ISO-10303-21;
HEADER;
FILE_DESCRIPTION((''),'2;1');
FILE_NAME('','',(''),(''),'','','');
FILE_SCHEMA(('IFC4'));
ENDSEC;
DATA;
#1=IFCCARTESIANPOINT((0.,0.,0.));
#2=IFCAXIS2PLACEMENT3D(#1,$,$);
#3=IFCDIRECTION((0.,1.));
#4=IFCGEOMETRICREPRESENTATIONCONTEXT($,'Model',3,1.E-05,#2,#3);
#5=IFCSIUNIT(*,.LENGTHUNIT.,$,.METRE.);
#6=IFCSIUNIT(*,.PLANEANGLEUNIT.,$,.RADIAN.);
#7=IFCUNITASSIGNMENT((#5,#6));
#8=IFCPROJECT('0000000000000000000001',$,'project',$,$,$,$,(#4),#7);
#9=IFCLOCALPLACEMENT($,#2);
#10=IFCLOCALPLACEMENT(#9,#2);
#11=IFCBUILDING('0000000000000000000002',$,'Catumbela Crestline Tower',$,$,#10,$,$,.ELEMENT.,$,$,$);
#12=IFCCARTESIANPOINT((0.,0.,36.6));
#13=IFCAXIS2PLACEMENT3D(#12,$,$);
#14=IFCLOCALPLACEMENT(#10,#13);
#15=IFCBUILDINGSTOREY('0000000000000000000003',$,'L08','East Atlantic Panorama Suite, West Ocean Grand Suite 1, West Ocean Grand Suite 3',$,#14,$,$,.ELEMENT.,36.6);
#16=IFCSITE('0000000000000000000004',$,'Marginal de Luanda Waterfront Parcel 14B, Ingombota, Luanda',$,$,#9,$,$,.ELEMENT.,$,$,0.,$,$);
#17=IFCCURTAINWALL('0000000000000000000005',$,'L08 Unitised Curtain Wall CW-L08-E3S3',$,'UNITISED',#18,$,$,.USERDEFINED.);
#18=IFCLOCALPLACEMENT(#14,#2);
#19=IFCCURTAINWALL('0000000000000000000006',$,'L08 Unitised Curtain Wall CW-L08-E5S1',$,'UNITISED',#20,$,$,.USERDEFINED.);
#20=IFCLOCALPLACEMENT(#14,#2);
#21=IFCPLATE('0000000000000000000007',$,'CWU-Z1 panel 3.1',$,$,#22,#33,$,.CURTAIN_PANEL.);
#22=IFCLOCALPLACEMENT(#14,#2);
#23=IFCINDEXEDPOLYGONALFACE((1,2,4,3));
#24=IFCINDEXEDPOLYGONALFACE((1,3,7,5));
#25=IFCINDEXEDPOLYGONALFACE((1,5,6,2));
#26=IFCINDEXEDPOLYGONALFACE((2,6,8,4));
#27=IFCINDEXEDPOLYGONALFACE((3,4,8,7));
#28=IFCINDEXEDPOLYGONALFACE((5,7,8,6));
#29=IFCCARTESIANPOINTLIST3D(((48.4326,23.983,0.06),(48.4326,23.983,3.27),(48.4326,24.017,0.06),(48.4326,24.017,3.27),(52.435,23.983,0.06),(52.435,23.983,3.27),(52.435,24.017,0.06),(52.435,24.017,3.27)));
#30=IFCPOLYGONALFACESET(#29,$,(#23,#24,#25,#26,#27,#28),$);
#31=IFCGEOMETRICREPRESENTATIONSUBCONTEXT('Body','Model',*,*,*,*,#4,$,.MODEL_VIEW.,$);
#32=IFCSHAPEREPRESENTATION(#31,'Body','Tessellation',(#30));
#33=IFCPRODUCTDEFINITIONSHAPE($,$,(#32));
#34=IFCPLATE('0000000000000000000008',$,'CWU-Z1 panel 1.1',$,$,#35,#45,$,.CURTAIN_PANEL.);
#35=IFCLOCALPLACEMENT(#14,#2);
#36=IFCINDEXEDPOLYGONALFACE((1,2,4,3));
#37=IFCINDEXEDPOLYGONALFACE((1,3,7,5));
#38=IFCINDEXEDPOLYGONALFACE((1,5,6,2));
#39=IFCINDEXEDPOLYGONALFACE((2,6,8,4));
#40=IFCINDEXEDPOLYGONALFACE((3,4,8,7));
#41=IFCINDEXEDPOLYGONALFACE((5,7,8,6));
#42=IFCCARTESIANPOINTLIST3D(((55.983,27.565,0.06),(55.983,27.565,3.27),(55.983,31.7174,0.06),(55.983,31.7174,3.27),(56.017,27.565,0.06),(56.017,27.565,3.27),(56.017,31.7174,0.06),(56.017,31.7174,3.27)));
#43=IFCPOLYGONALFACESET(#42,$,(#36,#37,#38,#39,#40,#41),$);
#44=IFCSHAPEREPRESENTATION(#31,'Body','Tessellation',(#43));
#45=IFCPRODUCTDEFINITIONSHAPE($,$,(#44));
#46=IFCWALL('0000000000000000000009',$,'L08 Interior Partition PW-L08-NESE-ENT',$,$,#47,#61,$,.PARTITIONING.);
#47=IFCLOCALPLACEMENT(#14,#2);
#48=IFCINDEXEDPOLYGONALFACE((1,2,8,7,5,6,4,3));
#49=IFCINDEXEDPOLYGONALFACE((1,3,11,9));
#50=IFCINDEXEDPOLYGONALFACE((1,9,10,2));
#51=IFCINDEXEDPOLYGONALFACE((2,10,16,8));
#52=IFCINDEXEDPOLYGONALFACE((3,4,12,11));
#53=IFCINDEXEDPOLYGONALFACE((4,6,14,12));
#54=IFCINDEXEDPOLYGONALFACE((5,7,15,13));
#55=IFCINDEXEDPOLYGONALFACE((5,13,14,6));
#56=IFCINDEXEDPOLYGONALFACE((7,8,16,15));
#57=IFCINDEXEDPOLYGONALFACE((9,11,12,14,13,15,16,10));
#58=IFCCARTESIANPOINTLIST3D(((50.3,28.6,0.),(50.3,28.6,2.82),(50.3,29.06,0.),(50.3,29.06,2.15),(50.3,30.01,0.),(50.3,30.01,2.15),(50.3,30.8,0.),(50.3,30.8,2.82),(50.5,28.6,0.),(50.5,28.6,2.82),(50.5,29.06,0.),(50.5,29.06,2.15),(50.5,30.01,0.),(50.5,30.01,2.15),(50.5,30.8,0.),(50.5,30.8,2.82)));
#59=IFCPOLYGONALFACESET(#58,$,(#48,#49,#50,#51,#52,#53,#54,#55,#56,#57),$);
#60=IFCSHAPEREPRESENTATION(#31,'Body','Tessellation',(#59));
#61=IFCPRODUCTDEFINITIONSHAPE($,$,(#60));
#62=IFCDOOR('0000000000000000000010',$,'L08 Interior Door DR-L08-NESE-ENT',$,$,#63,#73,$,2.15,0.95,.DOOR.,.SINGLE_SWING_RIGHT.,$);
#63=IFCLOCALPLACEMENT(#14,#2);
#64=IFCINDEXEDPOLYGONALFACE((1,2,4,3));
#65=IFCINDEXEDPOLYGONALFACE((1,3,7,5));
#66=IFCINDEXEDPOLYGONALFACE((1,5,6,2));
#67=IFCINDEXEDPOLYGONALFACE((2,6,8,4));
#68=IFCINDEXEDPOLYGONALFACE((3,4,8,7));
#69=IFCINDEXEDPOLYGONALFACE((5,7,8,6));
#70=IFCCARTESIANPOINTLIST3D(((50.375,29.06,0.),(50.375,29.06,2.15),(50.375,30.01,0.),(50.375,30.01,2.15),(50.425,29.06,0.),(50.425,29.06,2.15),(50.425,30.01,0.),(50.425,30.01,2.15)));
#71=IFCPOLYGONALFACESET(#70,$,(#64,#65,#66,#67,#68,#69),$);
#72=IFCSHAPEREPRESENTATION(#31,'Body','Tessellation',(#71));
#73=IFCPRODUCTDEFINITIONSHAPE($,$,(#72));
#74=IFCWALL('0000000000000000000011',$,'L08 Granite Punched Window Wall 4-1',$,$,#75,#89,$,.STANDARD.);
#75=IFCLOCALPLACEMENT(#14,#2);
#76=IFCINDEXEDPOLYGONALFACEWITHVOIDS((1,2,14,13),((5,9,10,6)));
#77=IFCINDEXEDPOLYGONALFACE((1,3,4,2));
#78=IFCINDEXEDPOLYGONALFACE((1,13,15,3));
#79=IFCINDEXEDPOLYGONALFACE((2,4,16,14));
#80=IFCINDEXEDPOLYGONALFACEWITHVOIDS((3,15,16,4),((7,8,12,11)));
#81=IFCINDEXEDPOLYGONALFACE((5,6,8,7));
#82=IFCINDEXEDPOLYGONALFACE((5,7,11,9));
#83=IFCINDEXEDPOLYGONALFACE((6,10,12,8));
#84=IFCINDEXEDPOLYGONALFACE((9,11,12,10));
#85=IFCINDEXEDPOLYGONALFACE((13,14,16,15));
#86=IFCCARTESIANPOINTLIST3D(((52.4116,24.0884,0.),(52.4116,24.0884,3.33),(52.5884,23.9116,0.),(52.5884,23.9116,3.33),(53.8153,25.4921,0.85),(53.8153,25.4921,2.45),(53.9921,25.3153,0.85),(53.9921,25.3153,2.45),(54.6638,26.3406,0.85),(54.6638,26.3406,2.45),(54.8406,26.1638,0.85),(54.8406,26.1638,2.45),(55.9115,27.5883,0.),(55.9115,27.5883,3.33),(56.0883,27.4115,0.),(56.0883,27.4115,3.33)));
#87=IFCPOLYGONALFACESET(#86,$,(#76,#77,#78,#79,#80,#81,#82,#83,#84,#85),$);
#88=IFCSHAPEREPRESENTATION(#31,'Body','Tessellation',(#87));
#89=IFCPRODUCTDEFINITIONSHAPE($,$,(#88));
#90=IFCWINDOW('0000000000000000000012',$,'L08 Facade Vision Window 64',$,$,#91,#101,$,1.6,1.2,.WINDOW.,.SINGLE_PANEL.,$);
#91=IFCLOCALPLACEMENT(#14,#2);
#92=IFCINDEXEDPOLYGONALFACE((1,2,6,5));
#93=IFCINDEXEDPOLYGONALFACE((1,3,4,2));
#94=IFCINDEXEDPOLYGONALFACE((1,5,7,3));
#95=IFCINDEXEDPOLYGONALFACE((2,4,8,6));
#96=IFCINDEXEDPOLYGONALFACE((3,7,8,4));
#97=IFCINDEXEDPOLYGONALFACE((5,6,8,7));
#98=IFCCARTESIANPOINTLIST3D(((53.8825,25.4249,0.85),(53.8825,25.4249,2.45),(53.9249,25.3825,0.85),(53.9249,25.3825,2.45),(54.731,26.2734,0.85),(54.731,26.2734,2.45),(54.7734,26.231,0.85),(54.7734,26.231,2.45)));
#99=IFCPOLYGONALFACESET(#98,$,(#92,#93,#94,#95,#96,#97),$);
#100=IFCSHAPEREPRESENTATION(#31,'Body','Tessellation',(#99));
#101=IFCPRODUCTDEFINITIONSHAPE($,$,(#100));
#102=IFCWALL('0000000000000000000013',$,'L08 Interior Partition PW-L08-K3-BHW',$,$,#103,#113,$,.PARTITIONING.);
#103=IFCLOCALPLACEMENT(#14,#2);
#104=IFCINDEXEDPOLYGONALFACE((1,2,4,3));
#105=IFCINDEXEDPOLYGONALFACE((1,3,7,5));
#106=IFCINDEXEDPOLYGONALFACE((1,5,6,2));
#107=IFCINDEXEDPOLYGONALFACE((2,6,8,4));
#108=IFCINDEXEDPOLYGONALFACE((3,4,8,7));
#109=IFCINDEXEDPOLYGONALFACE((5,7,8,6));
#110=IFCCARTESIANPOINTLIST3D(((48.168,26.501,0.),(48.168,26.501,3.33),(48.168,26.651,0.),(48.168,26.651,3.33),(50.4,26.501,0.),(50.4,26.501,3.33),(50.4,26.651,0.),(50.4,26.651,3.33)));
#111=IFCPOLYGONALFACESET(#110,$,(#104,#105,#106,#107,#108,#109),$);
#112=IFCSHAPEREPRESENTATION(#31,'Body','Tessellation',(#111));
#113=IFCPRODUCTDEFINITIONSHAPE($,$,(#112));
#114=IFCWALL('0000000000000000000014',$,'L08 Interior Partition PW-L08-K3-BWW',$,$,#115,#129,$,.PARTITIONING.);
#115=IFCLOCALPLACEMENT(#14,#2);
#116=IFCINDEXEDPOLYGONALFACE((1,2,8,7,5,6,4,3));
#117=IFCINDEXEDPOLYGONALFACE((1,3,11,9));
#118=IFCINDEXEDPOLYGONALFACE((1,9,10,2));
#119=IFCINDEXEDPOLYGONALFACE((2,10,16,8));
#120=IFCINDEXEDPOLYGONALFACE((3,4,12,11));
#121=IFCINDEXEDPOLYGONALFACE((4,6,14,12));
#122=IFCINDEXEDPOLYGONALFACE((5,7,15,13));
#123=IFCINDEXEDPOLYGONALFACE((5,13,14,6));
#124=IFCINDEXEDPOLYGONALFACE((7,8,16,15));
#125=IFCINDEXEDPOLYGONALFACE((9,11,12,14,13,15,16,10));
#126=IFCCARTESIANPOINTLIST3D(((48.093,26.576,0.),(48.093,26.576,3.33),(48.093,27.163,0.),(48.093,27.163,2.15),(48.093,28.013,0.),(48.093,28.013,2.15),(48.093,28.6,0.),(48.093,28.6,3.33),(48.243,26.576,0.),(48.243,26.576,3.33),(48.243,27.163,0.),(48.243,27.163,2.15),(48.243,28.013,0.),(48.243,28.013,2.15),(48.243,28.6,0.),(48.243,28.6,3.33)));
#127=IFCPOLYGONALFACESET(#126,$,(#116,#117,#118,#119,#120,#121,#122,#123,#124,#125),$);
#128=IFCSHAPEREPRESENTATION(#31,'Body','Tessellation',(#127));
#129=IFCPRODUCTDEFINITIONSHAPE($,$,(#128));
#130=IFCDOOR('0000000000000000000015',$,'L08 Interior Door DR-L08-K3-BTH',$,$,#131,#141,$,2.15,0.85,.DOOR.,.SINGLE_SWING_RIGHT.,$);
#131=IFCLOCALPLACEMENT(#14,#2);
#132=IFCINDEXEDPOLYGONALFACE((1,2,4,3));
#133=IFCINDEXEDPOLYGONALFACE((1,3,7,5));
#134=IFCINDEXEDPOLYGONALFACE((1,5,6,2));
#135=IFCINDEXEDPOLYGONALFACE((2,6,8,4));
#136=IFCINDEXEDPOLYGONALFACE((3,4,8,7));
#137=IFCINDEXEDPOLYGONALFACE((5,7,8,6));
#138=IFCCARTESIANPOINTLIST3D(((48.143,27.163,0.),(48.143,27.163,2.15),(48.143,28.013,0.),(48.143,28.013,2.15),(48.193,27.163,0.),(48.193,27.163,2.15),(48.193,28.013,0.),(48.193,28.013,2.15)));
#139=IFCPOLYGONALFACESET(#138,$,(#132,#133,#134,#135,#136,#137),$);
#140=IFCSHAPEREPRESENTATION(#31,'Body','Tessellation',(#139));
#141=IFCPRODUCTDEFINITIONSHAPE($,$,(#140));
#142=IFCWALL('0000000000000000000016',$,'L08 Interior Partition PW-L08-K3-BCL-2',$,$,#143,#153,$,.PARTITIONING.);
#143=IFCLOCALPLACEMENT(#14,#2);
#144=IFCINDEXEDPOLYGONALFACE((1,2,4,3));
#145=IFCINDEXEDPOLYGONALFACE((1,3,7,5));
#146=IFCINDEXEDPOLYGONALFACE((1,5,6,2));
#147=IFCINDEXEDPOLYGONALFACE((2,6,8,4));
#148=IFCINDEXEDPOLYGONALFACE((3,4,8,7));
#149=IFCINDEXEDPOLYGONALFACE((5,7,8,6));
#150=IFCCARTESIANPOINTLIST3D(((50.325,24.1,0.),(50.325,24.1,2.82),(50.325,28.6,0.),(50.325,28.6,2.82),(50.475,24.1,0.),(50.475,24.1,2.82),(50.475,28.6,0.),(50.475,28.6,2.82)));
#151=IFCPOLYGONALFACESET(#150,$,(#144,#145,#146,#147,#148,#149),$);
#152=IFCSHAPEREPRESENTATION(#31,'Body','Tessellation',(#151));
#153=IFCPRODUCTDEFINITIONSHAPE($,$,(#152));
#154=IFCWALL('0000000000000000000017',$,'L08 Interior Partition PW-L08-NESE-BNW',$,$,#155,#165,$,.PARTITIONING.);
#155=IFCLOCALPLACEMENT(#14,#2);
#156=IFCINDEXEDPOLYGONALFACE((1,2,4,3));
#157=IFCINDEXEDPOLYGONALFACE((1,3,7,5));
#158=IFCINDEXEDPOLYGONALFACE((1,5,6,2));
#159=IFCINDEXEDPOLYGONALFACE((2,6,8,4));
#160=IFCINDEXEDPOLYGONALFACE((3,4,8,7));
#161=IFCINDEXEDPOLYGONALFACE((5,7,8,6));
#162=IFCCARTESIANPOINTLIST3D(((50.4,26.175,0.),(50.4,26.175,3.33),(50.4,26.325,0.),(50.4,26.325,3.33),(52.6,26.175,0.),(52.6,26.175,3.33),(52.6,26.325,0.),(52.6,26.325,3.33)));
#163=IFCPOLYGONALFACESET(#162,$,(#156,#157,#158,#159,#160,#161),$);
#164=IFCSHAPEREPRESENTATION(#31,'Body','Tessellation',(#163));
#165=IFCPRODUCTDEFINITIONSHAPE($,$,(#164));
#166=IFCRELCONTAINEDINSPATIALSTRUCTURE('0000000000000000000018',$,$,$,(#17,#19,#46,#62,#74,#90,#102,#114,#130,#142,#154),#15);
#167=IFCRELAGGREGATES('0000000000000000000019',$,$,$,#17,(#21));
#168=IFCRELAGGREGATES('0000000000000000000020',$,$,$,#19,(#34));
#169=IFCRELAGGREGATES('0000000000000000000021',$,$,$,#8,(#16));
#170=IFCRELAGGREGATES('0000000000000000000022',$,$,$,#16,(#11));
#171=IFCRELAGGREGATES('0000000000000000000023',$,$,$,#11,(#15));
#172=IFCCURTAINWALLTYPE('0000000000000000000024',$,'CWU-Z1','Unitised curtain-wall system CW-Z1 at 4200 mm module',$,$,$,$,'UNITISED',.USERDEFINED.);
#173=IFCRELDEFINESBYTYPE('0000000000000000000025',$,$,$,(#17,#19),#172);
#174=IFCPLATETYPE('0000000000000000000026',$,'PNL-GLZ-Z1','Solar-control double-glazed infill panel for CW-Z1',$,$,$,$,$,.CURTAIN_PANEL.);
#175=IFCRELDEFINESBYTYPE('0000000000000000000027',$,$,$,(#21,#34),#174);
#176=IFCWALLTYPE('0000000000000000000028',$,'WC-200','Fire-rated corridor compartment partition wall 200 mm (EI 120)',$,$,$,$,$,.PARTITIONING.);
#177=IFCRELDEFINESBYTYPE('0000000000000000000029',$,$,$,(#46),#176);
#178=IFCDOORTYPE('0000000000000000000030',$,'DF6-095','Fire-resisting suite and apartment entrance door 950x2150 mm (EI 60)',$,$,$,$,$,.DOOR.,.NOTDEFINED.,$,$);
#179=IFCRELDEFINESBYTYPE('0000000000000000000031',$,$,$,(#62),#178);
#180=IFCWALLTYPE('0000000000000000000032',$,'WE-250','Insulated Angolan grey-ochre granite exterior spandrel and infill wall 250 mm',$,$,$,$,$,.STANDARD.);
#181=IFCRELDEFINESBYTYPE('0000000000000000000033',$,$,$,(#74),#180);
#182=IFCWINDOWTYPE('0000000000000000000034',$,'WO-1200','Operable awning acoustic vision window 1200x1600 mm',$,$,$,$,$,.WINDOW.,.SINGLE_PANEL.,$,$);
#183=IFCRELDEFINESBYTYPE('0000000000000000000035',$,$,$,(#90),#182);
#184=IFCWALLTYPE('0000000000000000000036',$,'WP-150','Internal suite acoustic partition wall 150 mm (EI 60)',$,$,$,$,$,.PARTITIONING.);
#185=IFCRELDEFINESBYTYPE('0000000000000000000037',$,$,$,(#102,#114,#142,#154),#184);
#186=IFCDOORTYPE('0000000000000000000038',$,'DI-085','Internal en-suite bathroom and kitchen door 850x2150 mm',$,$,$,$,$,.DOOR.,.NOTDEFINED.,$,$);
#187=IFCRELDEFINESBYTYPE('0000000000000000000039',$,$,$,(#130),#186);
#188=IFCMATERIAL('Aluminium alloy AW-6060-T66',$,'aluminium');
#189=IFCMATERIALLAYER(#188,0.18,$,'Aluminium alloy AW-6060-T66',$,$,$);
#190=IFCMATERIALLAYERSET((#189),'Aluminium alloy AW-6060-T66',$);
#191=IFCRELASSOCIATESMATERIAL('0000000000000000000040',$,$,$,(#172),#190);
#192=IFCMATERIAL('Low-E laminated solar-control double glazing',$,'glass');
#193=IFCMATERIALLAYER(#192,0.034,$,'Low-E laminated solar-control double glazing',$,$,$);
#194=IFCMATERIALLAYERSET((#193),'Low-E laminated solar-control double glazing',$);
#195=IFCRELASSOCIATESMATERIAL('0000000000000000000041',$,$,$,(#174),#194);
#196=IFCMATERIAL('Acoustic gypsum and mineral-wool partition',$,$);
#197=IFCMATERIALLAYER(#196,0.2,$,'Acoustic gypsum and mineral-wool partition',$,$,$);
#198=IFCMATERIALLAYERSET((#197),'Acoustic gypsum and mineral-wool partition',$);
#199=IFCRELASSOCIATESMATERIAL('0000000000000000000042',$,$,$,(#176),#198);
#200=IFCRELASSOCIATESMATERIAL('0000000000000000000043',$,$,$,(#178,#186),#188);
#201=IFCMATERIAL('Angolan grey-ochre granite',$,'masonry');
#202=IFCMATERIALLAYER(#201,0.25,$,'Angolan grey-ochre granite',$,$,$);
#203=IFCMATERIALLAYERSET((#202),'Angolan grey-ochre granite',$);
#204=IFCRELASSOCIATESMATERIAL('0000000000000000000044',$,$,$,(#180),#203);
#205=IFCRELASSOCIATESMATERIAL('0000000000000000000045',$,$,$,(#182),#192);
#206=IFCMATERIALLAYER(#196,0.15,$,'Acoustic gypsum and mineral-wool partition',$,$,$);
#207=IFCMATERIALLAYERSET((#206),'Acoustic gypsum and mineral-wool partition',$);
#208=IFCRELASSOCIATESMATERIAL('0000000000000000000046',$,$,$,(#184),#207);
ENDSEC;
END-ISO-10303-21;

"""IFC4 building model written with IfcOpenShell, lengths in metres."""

from ifc_helpers import new_model, si_unit, direction, frame, frame_2d, origin, origin_2d, place, context, subcontext, project, spatial, rectangle, extrude, material, layer, layer_set, type_object, element, fill, aggregate, save


model = new_model("IFC4")

# Units and contexts
model_context = context("Model", 3, precision=1e-05, world=origin(), true_north=direction((0.0, 1.0)))
body_context = subcontext(model_context, "Body", "Model", "MODEL_VIEW")
ifc_project = project(units=[si_unit("LENGTHUNIT", "METRE"), si_unit("PLANEANGLEUNIT", "RADIAN")], contexts=[model_context])

# Site, building, storey
site_placement = place(None, origin())
site = spatial("IfcSite", under=ifc_project, at=site_placement, Name="Marginal de Luanda Waterfront Parcel 14B, Ingombota, Luanda", CompositionType="ELEMENT", RefElevation=0.0)
building_placement = place(site_placement, origin())
building = spatial("IfcBuilding", under=site, at=building_placement, Name="Catumbela Crestline Tower", CompositionType="ELEMENT")
storey_placement = place(building_placement, frame((0.0, 0.0, 36.6)))
storey = spatial("IfcBuildingStorey", under=building, at=storey_placement, Name="L08", Description="East Atlantic Panorama Suite, West Ocean Grand Suite 1, West Ocean Grand Suite 3", CompositionType="ELEMENT", Elevation=36.6)

# Curtain wall
ifc_material_1 = material(Name="Aluminium alloy AW-6060-T66", Category="aluminium")
ifc_layer_1 = layer(ifc_material_1, 0.18, Name="Aluminium alloy AW-6060-T66")
ifc_layer_set_1 = layer_set([ifc_layer_1], Name="Aluminium alloy AW-6060-T66")
curtain_wall_type = type_object("IfcCurtainWallType", Name="CWU-Z1", Description="Unitised curtain-wall system CW-Z1 at 4200 mm module", ElementType="UNITISED", PredefinedType="USERDEFINED", material=ifc_layer_set_1)
curtain_wall_1_placement = place(storey_placement, origin())
curtain_wall_1 = element("IfcCurtainWall", 1, at=curtain_wall_1_placement, inside=storey, type_object=curtain_wall_type, Name="L08 Unitised Curtain Wall CW-L08-E3S3", ObjectType="UNITISED", PredefinedType="USERDEFINED")

# Curtain wall
curtain_wall_2_placement = place(storey_placement, origin())
curtain_wall_2 = element("IfcCurtainWall", 2, at=curtain_wall_2_placement, inside=storey, type_object=curtain_wall_type, Name="L08 Unitised Curtain Wall CW-L08-E5S1", ObjectType="UNITISED", PredefinedType="USERDEFINED")

# Plates
ifc_material_2 = material(Name="Low-E laminated solar-control double glazing", Category="glass")
ifc_layer_2 = layer(ifc_material_2, 0.034, Name="Low-E laminated solar-control double glazing")
ifc_layer_set_2 = layer_set([ifc_layer_2], Name="Low-E laminated solar-control double glazing")
plate_type = type_object("IfcPlateType", Name="PNL-GLZ-Z1", Description="Solar-control double-glazed infill panel for CW-Z1", PredefinedType="CURTAIN_PANEL", material=ifc_layer_set_2)
plate_1_placement = place(storey_placement, frame((50.4338, 24.0, 0.06), z_axis=(0.0, 0.0, 1.0), x_axis=(1.0, 0.0, 0.0)))
plate_1 = element("IfcPlate", 3, at=plate_1_placement, type_object=plate_type, Name="CWU-Z1 panel 3.1", PredefinedType="CURTAIN_PANEL", context=body_context, shape_type="SweptSolid", body=[
    extrude(rectangle(XDim=4.0025, YDim=0.034, at=origin_2d()), origin(), (0.0, 0.0, 1.0), 3.21),
])
aggregate(curtain_wall_1, [plate_1])
plate_2_placement = place(storey_placement, frame((56.0, 29.6412, 0.06), z_axis=(0.0, 0.0, 1.0), x_axis=(0.0, 1.0, 0.0)))
plate_2 = element("IfcPlate", 4, at=plate_2_placement, type_object=plate_type, Name="CWU-Z1 panel 1.1", PredefinedType="CURTAIN_PANEL", context=body_context, shape_type="SweptSolid", body=[
    extrude(rectangle(XDim=4.1525, YDim=0.034, at=origin_2d()), origin(), (0.0, 0.0, 1.0), 3.21),
])
aggregate(curtain_wall_2, [plate_2])

# Wall, opening, door
ifc_material_3 = material(Name="Acoustic gypsum and mineral-wool partition")
ifc_layer_3 = layer(ifc_material_3, 0.2, Name="Acoustic gypsum and mineral-wool partition")
ifc_layer_set_3 = layer_set([ifc_layer_3], Name="Acoustic gypsum and mineral-wool partition")
wall_type_1 = type_object("IfcWallType", Name="WC-200", Description="Fire-rated corridor compartment partition wall 200 mm (EI 120)", PredefinedType="PARTITIONING", material=ifc_layer_set_3)
wall_1_placement = place(storey_placement, frame((50.4, 28.6, 0.0), z_axis=(0.0, 0.0, 1.0), x_axis=(0.0, 1.0, 0.0)))
wall_1 = element("IfcWall", 5, at=wall_1_placement, inside=storey, type_object=wall_type_1, Name="L08 Interior Partition PW-L08-NESE-ENT", PredefinedType="PARTITIONING", context=body_context, shape_type="SweptSolid", body=[
    extrude(rectangle(XDim=2.2, YDim=0.2, at=frame_2d((1.1, 0.0))), origin(), (0.0, 0.0, 1.0), 2.82),
])
opening_1_placement = place(wall_1_placement, frame((0.46, 0.0, 0.0)))
opening_1 = element("IfcOpeningElement", 6, at=opening_1_placement, cuts=wall_1, PredefinedType="OPENING", context=body_context, shape_type="SweptSolid", body=[
    extrude(rectangle(XDim=0.95, YDim=2.15, at=frame_2d((0.475, 1.075))), frame((0.0, 0.11, 0.0), z_axis=(0.0, -1.0, 0.0), x_axis=(1.0, 0.0, 0.0)), (0.0, 0.0, 1.0), 0.22),
])
door_type_1 = type_object("IfcDoorType", Name="DF6-095", Description="Fire-resisting suite and apartment entrance door 950x2150 mm (EI 60)", OperationType="NOTDEFINED", PredefinedType="DOOR", material=ifc_material_1)
door_1_placement = place(opening_1_placement, origin())
door_1 = element("IfcDoor", 7, at=door_1_placement, inside=storey, type_object=door_type_1, Name="L08 Interior Door DR-L08-NESE-ENT", OperationType="SINGLE_SWING_RIGHT", OverallHeight=2.15, OverallWidth=0.95, PredefinedType="DOOR", context=body_context, shape_type="SweptSolid", body=[
    extrude(rectangle(XDim=0.95, YDim=2.15, at=frame_2d((0.475, 1.075))), frame((0.0, 0.025, 0.0), z_axis=(0.0, -1.0, 0.0), x_axis=(1.0, 0.0, 0.0)), (0.0, 0.0, 1.0), 0.05),
])
fill(opening_1, door_1)

# Wall, opening, window
ifc_material_4 = material(Name="Angolan grey-ochre granite", Category="masonry")
ifc_layer_4 = layer(ifc_material_4, 0.25, Name="Angolan grey-ochre granite")
ifc_layer_set_4 = layer_set([ifc_layer_4], Name="Angolan grey-ochre granite")
wall_type_2 = type_object("IfcWallType", Name="WE-250", Description="Insulated Angolan grey-ochre granite exterior spandrel and infill wall 250 mm", PredefinedType="STANDARD", material=ifc_layer_set_4)
wall_2_placement = place(storey_placement, frame((52.5, 24.0, 0.0), z_axis=(0.0, 0.0, 1.0), x_axis=(0.707107, 0.707107, 0.0)))
wall_2 = element("IfcWall", 8, at=wall_2_placement, inside=storey, type_object=wall_type_2, Name="L08 Granite Punched Window Wall 4-1", PredefinedType="STANDARD", context=body_context, shape_type="SweptSolid", body=[
    extrude(rectangle(XDim=4.9497, YDim=0.25, at=frame_2d((2.4748, 0.0))), origin(), (0.0, 0.0, 1.0), 3.33),
])
opening_2_placement = place(wall_2_placement, frame((1.9851, 0.0, 0.85)))
opening_2 = element("IfcOpeningElement", 9, at=opening_2_placement, cuts=wall_2, PredefinedType="OPENING", context=body_context, shape_type="SweptSolid", body=[
    extrude(rectangle(XDim=1.2, YDim=1.6, at=frame_2d((0.6, 0.8))), frame((0.0, 0.135, 0.0), z_axis=(0.0, -1.0, 0.0), x_axis=(1.0, 0.0, 0.0)), (0.0, 0.0, 1.0), 0.27),
])
window_type = type_object("IfcWindowType", Name="WO-1200", Description="Operable awning acoustic vision window 1200x1600 mm", PartitioningType="SINGLE_PANEL", PredefinedType="WINDOW", material=ifc_material_2)
window_placement = place(opening_2_placement, origin())
window = element("IfcWindow", 10, at=window_placement, inside=storey, type_object=window_type, Name="L08 Facade Vision Window 64", OverallHeight=1.6, OverallWidth=1.2, PartitioningType="SINGLE_PANEL", PredefinedType="WINDOW", context=body_context, shape_type="SweptSolid", body=[
    extrude(rectangle(XDim=1.2, YDim=1.6, at=frame_2d((0.6, 0.8))), frame((0.0, 0.03, 0.0), z_axis=(0.0, -1.0, 0.0), x_axis=(1.0, 0.0, 0.0)), (0.0, 0.0, 1.0), 0.06),
])
fill(opening_2, window)

# Wall
ifc_layer_5 = layer(ifc_material_3, 0.15, Name="Acoustic gypsum and mineral-wool partition")
ifc_layer_set_5 = layer_set([ifc_layer_5], Name="Acoustic gypsum and mineral-wool partition")
wall_type_3 = type_object("IfcWallType", Name="WP-150", Description="Internal suite acoustic partition wall 150 mm (EI 60)", PredefinedType="PARTITIONING", material=ifc_layer_set_5)
wall_3_placement = place(storey_placement, frame((48.168, 26.576, 0.0), z_axis=(0.0, 0.0, 1.0), x_axis=(1.0, 0.0, 0.0)))
element("IfcWall", 11, at=wall_3_placement, inside=storey, type_object=wall_type_3, Name="L08 Interior Partition PW-L08-K3-BHW", PredefinedType="PARTITIONING", context=body_context, shape_type="SweptSolid", body=[
    extrude(rectangle(XDim=2.232, YDim=0.15, at=frame_2d((1.116, 0.0))), origin(), (0.0, 0.0, 1.0), 3.33),
])

# Wall, opening, door
wall_4_placement = place(storey_placement, frame((48.168, 26.576, 0.0), z_axis=(0.0, 0.0, 1.0), x_axis=(0.0, 1.0, 0.0)))
wall_4 = element("IfcWall", 12, at=wall_4_placement, inside=storey, type_object=wall_type_3, Name="L08 Interior Partition PW-L08-K3-BWW", PredefinedType="PARTITIONING", context=body_context, shape_type="SweptSolid", body=[
    extrude(rectangle(XDim=2.024, YDim=0.15, at=frame_2d((1.012, 0.0))), origin(), (0.0, 0.0, 1.0), 3.33),
])
opening_3_placement = place(wall_4_placement, frame((0.587, 0.0, 0.0)))
opening_3 = element("IfcOpeningElement", 13, at=opening_3_placement, cuts=wall_4, PredefinedType="OPENING", context=body_context, shape_type="SweptSolid", body=[
    extrude(rectangle(XDim=0.85, YDim=2.15, at=frame_2d((0.425, 1.075))), frame((0.0, 0.085, 0.0), z_axis=(0.0, -1.0, 0.0), x_axis=(1.0, 0.0, 0.0)), (0.0, 0.0, 1.0), 0.17),
])
door_type_2 = type_object("IfcDoorType", Name="DI-085", Description="Internal en-suite bathroom and kitchen door 850x2150 mm", OperationType="NOTDEFINED", PredefinedType="DOOR", material=ifc_material_1)
door_2_placement = place(opening_3_placement, origin())
door_2 = element("IfcDoor", 14, at=door_2_placement, inside=storey, type_object=door_type_2, Name="L08 Interior Door DR-L08-K3-BTH", OperationType="SINGLE_SWING_RIGHT", OverallHeight=2.15, OverallWidth=0.85, PredefinedType="DOOR", context=body_context, shape_type="SweptSolid", body=[
    extrude(rectangle(XDim=0.85, YDim=2.15, at=frame_2d((0.425, 1.075))), frame((0.0, 0.025, 0.0), z_axis=(0.0, -1.0, 0.0), x_axis=(1.0, 0.0, 0.0)), (0.0, 0.0, 1.0), 0.05),
])
fill(opening_3, door_2)

# Walls
wall_5_placement = place(storey_placement, frame((50.4, 28.6, 0.0), z_axis=(0.0, 0.0, 1.0), x_axis=(0.0, -1.0, 0.0)))
element("IfcWall", 15, at=wall_5_placement, inside=storey, type_object=wall_type_3, Name="L08 Interior Partition PW-L08-K3-BCL-2", PredefinedType="PARTITIONING", context=body_context, shape_type="SweptSolid", body=[
    extrude(rectangle(XDim=4.5, YDim=0.15, at=frame_2d((2.25, 0.0))), origin(), (0.0, 0.0, 1.0), 2.82),
])
wall_6_placement = place(storey_placement, frame((50.4, 26.25, 0.0), z_axis=(0.0, 0.0, 1.0), x_axis=(1.0, 0.0, 0.0)))
element("IfcWall", 16, at=wall_6_placement, inside=storey, type_object=wall_type_3, Name="L08 Interior Partition PW-L08-NESE-BNW", PredefinedType="PARTITIONING", context=body_context, shape_type="SweptSolid", body=[
    extrude(rectangle(XDim=2.2, YDim=0.15, at=frame_2d((1.1, 0.0))), origin(), (0.0, 0.0, 1.0), 3.33),
])

save(model, "model.ifc")
